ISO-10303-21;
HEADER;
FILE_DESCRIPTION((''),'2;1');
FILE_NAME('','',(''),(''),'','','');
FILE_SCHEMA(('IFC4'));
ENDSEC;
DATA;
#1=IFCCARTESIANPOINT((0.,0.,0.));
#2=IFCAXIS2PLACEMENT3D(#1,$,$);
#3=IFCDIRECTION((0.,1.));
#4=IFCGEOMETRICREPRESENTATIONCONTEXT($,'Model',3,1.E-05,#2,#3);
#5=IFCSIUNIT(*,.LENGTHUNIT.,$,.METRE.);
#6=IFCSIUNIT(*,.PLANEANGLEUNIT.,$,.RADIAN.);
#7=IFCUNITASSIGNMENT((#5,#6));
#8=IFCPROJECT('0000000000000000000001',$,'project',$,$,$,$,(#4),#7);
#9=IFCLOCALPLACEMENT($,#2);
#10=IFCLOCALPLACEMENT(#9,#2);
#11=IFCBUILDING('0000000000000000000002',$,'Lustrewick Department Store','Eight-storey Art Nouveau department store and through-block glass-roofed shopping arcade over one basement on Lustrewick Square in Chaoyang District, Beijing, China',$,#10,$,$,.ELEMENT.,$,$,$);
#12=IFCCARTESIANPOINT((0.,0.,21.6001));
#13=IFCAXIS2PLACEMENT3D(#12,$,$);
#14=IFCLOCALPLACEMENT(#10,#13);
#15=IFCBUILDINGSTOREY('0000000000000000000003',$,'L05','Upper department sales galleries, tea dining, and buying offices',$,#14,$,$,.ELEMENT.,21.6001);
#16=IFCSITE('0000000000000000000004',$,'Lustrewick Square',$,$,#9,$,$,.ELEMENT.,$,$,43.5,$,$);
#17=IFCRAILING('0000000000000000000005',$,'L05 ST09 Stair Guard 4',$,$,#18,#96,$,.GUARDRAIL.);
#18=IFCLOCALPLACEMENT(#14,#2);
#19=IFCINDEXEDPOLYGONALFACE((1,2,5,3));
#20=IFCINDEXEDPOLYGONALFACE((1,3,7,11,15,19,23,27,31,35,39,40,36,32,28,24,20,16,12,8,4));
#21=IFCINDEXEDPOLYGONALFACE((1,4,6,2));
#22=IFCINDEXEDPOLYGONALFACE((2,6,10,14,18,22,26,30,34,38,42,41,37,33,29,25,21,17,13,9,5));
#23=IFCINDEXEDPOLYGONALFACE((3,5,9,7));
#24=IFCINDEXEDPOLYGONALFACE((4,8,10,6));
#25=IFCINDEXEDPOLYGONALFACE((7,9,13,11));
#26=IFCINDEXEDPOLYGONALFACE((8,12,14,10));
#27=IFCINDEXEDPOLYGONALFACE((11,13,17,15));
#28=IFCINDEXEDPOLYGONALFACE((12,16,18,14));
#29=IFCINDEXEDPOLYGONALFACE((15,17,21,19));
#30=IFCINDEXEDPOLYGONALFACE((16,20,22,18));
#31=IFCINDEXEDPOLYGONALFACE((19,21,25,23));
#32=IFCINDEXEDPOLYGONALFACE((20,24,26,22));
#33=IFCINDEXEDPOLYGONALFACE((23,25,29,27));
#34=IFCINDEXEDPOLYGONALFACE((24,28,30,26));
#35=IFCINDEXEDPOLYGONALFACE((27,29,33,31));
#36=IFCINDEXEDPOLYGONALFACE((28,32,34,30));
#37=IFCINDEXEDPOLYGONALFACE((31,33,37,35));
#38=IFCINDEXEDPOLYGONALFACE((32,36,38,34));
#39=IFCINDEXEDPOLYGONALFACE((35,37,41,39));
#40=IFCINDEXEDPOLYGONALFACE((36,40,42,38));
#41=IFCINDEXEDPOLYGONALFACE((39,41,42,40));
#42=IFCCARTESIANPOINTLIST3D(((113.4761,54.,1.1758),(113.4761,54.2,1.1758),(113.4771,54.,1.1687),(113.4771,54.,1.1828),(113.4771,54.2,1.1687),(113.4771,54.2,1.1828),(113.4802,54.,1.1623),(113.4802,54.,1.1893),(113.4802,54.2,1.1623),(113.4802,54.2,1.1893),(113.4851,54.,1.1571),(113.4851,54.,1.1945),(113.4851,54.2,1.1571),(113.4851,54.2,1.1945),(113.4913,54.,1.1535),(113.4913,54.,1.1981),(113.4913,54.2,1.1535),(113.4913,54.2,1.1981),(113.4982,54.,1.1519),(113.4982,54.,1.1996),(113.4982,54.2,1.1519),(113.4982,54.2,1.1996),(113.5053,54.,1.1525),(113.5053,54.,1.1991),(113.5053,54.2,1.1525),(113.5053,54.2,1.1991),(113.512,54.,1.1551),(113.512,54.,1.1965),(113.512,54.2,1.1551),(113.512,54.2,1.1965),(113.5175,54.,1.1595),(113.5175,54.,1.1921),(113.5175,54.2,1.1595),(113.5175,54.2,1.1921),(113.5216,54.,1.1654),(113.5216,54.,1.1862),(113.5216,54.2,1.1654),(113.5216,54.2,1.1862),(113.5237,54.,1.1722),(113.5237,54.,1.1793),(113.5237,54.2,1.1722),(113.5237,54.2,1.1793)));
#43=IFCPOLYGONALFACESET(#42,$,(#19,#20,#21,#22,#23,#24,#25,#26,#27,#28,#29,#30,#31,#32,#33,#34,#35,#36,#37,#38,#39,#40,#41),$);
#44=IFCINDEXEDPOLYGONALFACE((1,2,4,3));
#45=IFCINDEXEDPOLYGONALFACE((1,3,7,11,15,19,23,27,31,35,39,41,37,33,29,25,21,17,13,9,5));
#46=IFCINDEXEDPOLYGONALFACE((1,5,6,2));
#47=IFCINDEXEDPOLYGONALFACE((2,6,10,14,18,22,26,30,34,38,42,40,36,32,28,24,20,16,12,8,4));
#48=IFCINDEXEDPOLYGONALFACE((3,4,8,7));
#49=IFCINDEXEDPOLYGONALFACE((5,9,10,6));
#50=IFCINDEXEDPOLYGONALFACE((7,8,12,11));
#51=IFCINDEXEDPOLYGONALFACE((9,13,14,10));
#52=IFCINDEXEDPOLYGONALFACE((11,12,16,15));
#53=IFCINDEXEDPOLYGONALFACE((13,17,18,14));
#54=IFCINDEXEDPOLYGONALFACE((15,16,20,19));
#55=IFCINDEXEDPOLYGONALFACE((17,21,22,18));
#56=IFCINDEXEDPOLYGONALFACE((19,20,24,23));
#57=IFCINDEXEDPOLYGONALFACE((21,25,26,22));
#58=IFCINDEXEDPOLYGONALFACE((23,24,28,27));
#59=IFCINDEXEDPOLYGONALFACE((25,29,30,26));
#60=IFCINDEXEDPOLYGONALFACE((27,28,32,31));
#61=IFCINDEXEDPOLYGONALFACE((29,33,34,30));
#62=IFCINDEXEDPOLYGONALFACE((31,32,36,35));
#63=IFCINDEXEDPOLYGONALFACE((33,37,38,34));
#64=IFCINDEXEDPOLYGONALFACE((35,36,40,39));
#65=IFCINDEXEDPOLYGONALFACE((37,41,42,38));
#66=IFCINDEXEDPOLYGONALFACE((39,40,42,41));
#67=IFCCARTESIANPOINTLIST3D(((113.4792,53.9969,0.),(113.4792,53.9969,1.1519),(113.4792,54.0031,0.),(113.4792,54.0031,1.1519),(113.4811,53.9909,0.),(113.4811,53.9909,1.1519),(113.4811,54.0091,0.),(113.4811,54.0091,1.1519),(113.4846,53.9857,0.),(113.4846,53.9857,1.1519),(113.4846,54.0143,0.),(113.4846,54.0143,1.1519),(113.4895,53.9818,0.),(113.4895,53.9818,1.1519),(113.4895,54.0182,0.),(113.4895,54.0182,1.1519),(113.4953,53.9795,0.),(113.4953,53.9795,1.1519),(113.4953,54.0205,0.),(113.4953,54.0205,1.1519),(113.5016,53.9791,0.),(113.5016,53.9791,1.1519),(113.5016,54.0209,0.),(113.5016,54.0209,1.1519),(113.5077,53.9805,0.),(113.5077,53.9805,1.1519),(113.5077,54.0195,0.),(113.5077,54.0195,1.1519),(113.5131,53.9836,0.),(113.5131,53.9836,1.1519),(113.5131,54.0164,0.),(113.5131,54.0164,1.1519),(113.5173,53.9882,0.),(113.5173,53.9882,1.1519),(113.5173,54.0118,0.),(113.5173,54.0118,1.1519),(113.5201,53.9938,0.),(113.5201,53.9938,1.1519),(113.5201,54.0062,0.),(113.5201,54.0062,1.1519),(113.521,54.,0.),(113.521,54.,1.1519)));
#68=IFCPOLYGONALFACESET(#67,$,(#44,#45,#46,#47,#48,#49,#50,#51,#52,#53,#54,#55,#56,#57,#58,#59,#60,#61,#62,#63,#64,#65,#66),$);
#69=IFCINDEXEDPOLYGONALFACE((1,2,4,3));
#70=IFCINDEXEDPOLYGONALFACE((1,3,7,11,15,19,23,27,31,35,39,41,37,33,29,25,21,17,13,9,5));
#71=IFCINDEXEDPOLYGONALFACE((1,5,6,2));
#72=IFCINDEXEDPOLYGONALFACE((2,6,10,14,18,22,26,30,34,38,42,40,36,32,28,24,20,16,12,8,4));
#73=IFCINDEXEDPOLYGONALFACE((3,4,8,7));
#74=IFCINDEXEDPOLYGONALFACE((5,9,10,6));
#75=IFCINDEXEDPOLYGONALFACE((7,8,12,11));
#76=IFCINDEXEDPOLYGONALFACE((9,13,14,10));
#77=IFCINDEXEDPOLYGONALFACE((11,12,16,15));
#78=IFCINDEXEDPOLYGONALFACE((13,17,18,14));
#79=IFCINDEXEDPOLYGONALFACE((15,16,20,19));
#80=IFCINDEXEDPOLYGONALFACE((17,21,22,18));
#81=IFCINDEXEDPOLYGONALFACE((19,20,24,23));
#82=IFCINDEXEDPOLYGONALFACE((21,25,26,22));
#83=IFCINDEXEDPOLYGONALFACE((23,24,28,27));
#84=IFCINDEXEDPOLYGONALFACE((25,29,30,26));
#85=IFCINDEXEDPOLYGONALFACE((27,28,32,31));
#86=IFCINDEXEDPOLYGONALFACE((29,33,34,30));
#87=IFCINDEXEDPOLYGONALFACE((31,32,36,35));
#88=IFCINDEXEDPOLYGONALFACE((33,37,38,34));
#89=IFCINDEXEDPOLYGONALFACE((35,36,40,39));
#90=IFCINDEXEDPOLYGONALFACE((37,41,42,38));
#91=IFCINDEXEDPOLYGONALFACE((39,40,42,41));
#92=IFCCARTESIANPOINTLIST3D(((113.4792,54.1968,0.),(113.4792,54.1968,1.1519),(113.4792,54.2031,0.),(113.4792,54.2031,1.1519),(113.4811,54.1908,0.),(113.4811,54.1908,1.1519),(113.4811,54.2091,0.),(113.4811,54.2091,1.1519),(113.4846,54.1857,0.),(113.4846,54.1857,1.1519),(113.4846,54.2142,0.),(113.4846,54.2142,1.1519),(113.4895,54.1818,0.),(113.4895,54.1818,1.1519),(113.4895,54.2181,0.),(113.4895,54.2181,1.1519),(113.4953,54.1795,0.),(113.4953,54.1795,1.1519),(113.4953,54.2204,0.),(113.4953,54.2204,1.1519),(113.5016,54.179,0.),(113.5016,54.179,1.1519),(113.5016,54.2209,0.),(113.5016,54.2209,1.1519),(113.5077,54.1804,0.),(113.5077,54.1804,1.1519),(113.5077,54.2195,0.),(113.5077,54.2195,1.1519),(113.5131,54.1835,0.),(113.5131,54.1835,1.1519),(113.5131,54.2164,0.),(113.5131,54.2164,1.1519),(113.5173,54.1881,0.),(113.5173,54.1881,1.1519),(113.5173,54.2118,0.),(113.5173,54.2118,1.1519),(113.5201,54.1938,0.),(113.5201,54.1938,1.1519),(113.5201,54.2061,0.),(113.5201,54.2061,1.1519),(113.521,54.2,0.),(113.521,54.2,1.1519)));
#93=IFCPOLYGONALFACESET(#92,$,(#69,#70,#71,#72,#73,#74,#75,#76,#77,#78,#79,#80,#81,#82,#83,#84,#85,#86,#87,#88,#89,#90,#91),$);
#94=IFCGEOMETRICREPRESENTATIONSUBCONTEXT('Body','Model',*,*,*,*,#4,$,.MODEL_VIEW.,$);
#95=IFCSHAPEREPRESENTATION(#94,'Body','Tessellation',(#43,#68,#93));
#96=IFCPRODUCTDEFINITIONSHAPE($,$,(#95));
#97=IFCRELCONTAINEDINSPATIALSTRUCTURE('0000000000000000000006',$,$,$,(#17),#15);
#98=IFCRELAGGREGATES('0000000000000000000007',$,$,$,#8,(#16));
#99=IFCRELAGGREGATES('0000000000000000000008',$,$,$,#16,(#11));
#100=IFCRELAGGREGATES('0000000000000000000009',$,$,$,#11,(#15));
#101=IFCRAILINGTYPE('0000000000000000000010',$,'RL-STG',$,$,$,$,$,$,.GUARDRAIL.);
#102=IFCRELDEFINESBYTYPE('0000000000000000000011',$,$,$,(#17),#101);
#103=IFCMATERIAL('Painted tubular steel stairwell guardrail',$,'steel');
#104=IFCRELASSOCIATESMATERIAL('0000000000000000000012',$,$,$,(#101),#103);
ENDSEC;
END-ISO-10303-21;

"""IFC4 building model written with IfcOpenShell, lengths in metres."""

from ifc_helpers import new_model, si_unit, direction, frame, origin, origin_2d, place, context, subcontext, project, spatial, circle, extrude, material, type_object, element, save


model = new_model("IFC4")

# Units and contexts
model_context = context("Model", 3, precision=1e-05, world=origin(), true_north=direction((0.0, 1.0)))
body_context = subcontext(model_context, "Body", "Model", "MODEL_VIEW")
ifc_project = project(units=[si_unit("LENGTHUNIT", "METRE"), si_unit("PLANEANGLEUNIT", "RADIAN")], contexts=[model_context])

# Site, building, storey
site_placement = place(None, origin())
site = spatial("IfcSite", under=ifc_project, at=site_placement, Name="Lustrewick Square", CompositionType="ELEMENT", RefElevation=43.5)
building_placement = place(site_placement, origin())
building = spatial("IfcBuilding", under=site, at=building_placement, Name="Lustrewick Department Store", Description="Eight-storey Art Nouveau department store and through-block glass-roofed shopping arcade over one basement on Lustrewick Square in Chaoyang District, Beijing, China", CompositionType="ELEMENT")
storey_placement = place(building_placement, frame((0.0, 0.0, 21.6001)))
storey = spatial("IfcBuildingStorey", under=building, at=storey_placement, Name="L05", Description="Upper department sales galleries, tea dining, and buying offices", CompositionType="ELEMENT", Elevation=21.6001)

# Railing
ifc_material_1 = material(Name="Painted tubular steel stairwell guardrail", Category="steel")
railing_type_1 = type_object("IfcRailingType", Name="RL-STG", PredefinedType="GUARDRAIL", material=ifc_material_1)
railing_1_placement = place(storey_placement, frame((113.5, 54.0, 0.0)))
element("IfcRailing", 1, at=railing_1_placement, inside=storey, type_object=railing_type_1, Name="L05 ST09 Stair Guard 4", PredefinedType="GUARDRAIL", context=body_context, shape_type="SweptSolid", body=[
    extrude(circle(Radius=0.0239, at=origin_2d()), frame((0.0, 0.0, 1.1758), z_axis=(0.0, 1.0, 0.0), x_axis=(-1.0, 0.0, 0.0)), (0.0, 0.0, 1.0), 0.2),
    extrude(circle(Radius=0.021, at=origin_2d()), origin(), (0.0, 0.0, 1.0), 1.1519),
    extrude(circle(Radius=0.021, at=origin_2d()), frame((0.0, 0.2, 0.0)), (0.0, 0.0, 1.0), 1.1519),
])

save(model, "model.ifc")
